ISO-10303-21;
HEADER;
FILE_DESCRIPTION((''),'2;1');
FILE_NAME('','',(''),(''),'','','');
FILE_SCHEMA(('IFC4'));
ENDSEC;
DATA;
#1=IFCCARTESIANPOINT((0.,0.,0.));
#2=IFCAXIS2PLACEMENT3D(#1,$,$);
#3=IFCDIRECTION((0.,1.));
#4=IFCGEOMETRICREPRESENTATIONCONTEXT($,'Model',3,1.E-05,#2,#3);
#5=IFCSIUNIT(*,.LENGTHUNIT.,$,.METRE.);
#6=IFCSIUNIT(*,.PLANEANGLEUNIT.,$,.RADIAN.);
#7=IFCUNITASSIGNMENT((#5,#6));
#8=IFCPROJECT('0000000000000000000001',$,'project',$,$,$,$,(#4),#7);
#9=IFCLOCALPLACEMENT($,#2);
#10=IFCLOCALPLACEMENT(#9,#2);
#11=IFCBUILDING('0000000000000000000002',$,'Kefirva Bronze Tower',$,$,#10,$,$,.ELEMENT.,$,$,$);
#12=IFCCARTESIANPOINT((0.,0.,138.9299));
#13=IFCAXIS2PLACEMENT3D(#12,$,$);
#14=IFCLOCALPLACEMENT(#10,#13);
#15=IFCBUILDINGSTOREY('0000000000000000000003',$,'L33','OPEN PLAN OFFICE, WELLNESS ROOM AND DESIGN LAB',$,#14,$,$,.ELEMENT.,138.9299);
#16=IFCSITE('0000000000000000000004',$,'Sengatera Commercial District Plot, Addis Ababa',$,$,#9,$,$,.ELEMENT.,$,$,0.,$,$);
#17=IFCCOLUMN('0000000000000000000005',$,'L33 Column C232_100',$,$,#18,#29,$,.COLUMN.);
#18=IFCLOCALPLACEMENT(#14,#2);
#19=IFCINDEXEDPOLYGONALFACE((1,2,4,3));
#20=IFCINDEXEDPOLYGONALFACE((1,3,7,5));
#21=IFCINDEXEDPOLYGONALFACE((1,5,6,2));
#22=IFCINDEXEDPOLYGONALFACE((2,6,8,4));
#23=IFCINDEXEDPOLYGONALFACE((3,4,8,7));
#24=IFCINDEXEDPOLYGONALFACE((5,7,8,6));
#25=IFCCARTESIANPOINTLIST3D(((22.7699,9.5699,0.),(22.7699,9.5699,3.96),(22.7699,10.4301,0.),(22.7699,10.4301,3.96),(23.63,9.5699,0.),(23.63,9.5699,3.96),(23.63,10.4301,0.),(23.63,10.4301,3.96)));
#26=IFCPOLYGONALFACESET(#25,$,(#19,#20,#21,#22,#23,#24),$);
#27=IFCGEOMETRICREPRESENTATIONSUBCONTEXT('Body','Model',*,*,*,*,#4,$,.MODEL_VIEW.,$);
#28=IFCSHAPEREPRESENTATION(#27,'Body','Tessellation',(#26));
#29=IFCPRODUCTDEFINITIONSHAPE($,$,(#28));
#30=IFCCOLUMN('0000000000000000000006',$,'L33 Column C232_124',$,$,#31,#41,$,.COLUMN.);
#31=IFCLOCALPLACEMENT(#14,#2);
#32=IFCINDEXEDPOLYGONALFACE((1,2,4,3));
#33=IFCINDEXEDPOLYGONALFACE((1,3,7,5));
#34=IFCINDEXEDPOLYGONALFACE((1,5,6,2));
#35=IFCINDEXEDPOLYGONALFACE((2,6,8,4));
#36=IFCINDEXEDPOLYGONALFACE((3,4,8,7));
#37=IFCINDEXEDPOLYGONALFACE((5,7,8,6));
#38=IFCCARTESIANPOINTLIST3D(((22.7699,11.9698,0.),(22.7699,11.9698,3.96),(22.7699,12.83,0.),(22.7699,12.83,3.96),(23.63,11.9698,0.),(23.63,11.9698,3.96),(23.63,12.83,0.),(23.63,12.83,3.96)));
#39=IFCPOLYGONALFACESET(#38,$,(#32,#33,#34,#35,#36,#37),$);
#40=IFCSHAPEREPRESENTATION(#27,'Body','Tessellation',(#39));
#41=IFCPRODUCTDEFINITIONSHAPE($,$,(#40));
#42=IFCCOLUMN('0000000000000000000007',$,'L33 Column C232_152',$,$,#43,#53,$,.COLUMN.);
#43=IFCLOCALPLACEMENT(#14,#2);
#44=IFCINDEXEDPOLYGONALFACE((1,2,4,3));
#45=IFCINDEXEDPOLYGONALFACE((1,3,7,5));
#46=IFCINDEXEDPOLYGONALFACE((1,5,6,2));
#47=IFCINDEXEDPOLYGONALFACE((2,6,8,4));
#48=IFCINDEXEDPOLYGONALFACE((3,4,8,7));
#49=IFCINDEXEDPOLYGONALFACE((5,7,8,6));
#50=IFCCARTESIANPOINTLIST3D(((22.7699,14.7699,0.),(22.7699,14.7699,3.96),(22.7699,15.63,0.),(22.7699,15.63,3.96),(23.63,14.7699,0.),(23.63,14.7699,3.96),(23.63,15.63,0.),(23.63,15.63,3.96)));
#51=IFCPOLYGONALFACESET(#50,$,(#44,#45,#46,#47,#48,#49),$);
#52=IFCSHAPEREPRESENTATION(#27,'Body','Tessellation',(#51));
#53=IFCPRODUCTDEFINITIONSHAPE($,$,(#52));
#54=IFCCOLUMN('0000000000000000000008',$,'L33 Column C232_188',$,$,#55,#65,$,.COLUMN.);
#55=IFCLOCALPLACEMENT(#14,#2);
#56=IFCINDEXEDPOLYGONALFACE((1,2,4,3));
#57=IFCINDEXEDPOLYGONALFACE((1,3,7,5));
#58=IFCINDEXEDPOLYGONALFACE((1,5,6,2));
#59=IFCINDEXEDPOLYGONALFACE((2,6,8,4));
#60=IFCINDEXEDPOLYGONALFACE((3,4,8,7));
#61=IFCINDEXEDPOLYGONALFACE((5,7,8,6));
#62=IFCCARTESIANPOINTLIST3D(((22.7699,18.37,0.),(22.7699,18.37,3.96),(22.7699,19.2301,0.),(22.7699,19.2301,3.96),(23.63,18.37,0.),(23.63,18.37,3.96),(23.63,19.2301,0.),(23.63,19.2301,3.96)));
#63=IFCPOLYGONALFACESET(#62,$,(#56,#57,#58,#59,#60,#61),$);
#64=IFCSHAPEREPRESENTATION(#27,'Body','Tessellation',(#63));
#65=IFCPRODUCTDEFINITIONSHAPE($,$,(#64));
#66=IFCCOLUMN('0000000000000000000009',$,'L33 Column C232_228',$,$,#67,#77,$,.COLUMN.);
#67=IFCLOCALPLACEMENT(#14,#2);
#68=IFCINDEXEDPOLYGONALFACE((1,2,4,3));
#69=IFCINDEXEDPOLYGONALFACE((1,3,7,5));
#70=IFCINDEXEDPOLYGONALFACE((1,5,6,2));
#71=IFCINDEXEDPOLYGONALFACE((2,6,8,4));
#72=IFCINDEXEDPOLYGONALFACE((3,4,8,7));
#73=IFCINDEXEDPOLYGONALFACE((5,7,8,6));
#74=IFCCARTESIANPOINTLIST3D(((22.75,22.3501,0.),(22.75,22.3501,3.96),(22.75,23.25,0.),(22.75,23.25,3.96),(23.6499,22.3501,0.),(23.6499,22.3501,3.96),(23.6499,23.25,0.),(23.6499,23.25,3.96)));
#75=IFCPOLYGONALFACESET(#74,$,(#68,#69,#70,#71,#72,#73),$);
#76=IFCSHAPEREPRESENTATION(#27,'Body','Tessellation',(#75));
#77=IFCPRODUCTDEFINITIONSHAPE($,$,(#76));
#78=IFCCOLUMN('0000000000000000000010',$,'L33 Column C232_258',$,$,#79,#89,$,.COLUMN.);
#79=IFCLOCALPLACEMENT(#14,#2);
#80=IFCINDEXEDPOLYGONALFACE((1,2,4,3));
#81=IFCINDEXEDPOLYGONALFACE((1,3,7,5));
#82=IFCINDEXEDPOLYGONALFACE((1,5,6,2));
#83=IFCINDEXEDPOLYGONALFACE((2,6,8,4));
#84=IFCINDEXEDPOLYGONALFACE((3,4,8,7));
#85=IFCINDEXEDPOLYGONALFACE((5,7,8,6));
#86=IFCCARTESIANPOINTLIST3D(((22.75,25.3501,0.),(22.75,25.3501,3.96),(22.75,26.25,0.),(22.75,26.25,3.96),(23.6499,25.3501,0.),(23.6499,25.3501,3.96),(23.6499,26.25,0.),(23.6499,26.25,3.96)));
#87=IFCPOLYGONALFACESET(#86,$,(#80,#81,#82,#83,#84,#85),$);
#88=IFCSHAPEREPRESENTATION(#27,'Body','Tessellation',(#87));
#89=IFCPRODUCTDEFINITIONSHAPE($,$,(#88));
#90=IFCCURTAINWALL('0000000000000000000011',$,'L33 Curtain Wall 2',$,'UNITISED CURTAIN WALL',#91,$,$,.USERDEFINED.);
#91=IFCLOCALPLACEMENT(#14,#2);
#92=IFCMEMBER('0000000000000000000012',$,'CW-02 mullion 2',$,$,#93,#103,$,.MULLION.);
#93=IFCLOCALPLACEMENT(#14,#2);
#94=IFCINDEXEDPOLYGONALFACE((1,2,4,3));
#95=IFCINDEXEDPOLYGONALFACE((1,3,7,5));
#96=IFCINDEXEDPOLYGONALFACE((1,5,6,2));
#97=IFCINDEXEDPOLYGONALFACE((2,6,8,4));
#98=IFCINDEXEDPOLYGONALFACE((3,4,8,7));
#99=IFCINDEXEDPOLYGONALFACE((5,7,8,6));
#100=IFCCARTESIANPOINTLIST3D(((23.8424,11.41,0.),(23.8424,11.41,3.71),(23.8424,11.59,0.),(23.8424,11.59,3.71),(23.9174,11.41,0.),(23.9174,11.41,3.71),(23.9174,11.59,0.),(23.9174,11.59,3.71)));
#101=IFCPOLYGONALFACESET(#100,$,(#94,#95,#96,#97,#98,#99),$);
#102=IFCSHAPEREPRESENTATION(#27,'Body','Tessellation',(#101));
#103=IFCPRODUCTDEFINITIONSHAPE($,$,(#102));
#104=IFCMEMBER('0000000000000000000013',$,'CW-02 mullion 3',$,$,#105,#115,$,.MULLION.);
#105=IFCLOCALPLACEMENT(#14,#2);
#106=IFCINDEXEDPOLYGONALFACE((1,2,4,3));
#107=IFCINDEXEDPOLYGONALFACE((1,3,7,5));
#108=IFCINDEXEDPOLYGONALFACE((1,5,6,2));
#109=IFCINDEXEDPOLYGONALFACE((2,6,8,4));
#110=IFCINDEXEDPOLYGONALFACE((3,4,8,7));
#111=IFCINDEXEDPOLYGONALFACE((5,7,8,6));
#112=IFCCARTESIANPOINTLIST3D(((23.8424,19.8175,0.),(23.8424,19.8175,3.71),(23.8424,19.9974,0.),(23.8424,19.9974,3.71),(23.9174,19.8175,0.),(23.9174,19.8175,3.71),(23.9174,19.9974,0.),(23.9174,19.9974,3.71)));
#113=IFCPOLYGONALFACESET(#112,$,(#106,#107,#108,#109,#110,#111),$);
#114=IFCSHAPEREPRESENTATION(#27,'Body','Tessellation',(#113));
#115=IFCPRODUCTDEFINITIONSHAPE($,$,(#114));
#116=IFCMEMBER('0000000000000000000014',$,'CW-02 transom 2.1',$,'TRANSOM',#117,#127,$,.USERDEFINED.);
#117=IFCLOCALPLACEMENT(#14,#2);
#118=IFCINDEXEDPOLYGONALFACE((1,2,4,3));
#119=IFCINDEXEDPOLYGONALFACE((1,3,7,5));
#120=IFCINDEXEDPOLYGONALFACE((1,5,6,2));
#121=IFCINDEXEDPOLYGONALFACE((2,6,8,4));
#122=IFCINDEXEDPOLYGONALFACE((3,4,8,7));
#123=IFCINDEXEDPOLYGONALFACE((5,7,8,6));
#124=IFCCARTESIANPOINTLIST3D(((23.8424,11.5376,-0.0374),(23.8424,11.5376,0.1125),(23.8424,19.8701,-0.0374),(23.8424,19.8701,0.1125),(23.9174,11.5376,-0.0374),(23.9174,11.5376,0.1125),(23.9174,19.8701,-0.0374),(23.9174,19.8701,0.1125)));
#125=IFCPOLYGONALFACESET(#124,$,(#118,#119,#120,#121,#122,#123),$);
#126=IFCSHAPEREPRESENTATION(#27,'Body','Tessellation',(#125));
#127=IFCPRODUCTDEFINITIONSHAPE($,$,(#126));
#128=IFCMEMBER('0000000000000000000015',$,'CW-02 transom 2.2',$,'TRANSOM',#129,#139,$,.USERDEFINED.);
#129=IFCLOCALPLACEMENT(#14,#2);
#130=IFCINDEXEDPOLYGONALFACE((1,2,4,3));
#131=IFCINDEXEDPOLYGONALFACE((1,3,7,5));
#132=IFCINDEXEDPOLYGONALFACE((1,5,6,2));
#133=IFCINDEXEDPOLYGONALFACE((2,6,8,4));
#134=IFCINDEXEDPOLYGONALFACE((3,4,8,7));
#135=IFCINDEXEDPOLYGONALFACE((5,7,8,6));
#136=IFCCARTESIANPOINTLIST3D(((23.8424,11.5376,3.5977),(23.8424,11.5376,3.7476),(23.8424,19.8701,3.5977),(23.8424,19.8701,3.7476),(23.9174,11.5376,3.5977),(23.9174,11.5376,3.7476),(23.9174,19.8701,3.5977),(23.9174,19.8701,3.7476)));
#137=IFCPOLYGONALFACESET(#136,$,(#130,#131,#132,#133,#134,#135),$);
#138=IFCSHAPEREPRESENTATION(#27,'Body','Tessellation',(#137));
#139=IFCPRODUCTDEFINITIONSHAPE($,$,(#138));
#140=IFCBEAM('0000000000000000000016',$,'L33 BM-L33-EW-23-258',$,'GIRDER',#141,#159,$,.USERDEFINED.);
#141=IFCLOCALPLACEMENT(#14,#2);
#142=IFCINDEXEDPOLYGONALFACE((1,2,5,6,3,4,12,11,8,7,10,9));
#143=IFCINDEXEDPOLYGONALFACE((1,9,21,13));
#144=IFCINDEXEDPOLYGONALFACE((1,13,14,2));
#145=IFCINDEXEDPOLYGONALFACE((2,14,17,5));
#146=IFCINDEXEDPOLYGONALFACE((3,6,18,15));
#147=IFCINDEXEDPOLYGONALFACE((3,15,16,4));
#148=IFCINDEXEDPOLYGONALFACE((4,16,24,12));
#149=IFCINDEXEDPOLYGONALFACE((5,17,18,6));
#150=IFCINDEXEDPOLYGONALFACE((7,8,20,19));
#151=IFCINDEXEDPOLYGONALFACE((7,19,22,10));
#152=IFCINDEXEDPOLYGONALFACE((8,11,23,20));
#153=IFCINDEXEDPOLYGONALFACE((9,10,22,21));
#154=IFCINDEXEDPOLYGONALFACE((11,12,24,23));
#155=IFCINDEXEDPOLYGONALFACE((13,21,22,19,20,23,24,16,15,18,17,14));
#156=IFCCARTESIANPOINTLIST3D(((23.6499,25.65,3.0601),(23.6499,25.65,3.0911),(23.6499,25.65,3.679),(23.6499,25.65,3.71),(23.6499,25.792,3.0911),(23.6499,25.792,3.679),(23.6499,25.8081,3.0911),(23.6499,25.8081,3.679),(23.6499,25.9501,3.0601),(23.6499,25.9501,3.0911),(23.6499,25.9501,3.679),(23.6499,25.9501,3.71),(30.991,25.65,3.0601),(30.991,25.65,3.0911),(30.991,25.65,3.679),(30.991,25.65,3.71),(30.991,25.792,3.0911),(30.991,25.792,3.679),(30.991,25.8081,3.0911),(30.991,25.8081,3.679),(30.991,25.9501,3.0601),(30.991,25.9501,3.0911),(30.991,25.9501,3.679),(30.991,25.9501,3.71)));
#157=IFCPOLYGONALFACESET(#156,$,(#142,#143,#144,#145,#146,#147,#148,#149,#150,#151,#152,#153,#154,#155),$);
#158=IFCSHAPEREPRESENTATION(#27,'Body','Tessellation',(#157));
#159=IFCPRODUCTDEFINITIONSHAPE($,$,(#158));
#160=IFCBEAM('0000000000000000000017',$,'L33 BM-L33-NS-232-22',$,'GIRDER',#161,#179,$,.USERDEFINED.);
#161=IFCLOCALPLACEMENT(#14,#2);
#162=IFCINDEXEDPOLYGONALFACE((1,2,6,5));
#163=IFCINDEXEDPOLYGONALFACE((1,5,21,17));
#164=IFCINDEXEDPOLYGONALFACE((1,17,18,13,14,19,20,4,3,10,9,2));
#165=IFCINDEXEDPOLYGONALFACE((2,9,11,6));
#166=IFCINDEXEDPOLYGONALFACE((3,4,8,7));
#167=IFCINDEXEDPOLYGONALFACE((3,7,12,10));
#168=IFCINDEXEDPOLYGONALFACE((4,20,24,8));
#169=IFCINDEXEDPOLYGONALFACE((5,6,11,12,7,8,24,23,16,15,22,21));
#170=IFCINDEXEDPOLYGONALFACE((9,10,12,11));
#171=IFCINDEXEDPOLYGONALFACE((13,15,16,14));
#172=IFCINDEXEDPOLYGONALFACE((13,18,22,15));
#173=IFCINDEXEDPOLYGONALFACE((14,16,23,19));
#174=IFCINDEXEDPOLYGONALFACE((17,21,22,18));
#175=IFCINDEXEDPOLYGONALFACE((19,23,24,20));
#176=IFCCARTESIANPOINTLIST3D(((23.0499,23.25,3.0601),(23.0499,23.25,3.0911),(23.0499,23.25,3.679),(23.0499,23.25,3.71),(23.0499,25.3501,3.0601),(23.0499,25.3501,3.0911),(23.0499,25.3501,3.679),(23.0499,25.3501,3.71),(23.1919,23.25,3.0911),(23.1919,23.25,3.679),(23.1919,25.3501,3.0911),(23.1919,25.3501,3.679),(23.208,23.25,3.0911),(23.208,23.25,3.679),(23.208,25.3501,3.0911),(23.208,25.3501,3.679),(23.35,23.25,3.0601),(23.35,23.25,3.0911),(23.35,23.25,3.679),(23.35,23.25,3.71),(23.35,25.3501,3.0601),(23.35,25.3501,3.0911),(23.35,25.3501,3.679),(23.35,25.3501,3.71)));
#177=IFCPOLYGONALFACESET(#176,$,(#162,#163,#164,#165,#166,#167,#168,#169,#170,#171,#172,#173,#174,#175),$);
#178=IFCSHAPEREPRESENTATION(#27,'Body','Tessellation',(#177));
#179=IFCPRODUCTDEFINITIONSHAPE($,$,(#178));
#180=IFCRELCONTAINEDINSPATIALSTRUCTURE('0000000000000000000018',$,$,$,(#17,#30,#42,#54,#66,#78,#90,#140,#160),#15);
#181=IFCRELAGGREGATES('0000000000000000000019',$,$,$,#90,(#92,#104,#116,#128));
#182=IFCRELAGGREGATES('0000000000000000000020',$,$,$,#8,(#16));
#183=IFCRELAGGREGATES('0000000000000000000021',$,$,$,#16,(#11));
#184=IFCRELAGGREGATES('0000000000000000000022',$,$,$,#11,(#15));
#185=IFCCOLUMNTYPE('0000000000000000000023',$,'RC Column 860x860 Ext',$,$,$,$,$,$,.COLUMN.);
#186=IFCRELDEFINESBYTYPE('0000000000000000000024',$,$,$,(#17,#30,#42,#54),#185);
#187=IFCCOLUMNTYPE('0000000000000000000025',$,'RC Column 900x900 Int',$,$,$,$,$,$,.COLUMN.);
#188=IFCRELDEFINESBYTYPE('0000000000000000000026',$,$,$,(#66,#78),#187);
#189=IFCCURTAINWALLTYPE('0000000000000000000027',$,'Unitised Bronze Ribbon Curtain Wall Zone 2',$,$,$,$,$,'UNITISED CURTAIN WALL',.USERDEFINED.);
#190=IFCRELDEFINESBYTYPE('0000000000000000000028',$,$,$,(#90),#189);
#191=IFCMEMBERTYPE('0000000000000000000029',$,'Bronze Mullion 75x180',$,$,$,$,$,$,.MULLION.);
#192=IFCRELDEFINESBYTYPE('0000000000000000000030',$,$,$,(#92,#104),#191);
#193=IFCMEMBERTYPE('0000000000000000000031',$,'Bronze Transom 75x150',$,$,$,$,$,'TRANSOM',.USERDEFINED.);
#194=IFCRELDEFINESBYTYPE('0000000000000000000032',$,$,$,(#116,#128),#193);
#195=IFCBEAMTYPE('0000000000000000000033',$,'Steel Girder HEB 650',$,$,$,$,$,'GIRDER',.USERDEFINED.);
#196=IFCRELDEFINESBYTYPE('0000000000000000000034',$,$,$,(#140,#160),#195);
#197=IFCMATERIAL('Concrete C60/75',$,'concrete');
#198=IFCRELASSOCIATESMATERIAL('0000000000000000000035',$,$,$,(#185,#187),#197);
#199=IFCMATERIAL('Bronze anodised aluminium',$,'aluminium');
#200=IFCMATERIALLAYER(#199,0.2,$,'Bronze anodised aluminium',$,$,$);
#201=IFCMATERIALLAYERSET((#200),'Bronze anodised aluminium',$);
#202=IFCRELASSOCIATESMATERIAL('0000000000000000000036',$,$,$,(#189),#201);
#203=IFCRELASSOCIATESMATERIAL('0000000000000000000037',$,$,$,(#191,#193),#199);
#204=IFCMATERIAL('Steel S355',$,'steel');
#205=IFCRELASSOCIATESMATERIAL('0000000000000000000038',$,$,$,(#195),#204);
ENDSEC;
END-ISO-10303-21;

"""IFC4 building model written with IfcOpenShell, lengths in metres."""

from ifc_helpers import new_model, si_unit, direction, frame, origin, origin_2d, place, context, subcontext, project, spatial, rectangle, i_section, extrude, material, layer, layer_set, material_profile, profile_set, type_object, element, aggregate, save


model = new_model("IFC4")

# Units and contexts
model_context = context("Model", 3, precision=1e-05, world=origin(), true_north=direction((0.0, 1.0)))
body_context = subcontext(model_context, "Body", "Model", "MODEL_VIEW")
ifc_project = project(units=[si_unit("LENGTHUNIT", "METRE"), si_unit("PLANEANGLEUNIT", "RADIAN")], contexts=[model_context])

# Site, building, storey
site_placement = place(None, origin())
site = spatial("IfcSite", under=ifc_project, at=site_placement, Name="Sengatera Commercial District Plot, Addis Ababa", CompositionType="ELEMENT", RefElevation=0.0)
building_placement = place(site_placement, origin())
building = spatial("IfcBuilding", under=site, at=building_placement, Name="Kefirva Bronze Tower", CompositionType="ELEMENT")
storey_placement = place(building_placement, frame((0.0, 0.0, 138.9299)))
storey = spatial("IfcBuildingStorey", under=building, at=storey_placement, Name="L33", Description="OPEN PLAN OFFICE, WELLNESS ROOM AND DESIGN LAB", CompositionType="ELEMENT", Elevation=138.9299)

# Columns
ifc_material_1 = material(Name="Concrete C60/75", Category="concrete")
ifc_material_profile_1 = material_profile(ifc_material_1, rectangle(XDim=0.8601, YDim=0.8601, at=origin_2d()), Name="RC 860x860")
ifc_profile_set_1 = profile_set([ifc_material_profile_1], Name="Concrete C60/75")
column_type_1 = type_object("IfcColumnType", Name="RC Column 860x860 Ext", PredefinedType="COLUMN", material=ifc_profile_set_1)
for number, where, z_axis, x_axis, name in (
    (1, (23.2, 10.0, 0.0), (0.0, 0.0, 1.0), (1.0, 0.0, 0.0), "L33 Column C232_100"),
    (2, (23.2, 12.3999, 0.0), (0.0, 0.0, 1.0), (1.0, 0.0, 0.0), "L33 Column C232_124"),
    (3, (23.2, 15.2, 0.0), (0.0, 0.0, 1.0), (1.0, 0.0, 0.0), "L33 Column C232_152"),
    (4, (23.2, 18.8, 0.0), (0.0, 0.0, 1.0), (1.0, 0.0, 0.0), "L33 Column C232_188"),
):
    element("IfcColumn", number, at=place(storey_placement, frame(where, z_axis=z_axis, x_axis=x_axis)), inside=storey, type_object=column_type_1, Name=name, PredefinedType="COLUMN", context=body_context, shape_type="SweptSolid", body=[
        extrude(rectangle(XDim=0.8601, YDim=0.8601, at=origin_2d()), origin(), (0.0, 0.0, 1.0), 3.96),
    ])
ifc_material_profile_2 = material_profile(ifc_material_1, rectangle(XDim=0.8999, YDim=0.8999, at=origin_2d()), Name="RC 900x900")
ifc_profile_set_2 = profile_set([ifc_material_profile_2], Name="Concrete C60/75")
column_type_2 = type_object("IfcColumnType", Name="RC Column 900x900 Int", PredefinedType="COLUMN", material=ifc_profile_set_2)
for number, where, z_axis, x_axis, name in (
    (5, (23.2, 22.8, 0.0), (0.0, 0.0, 1.0), (1.0, 0.0, 0.0), "L33 Column C232_228"),
    (6, (23.2, 25.8, 0.0), (0.0, 0.0, 1.0), (1.0, 0.0, 0.0), "L33 Column C232_258"),
):
    element("IfcColumn", number, at=place(storey_placement, frame(where, z_axis=z_axis, x_axis=x_axis)), inside=storey, type_object=column_type_2, Name=name, PredefinedType="COLUMN", context=body_context, shape_type="SweptSolid", body=[
        extrude(rectangle(XDim=0.8999, YDim=0.8999, at=origin_2d()), origin(), (0.0, 0.0, 1.0), 3.96),
    ])

# Curtain wall, members
ifc_material_2 = material(Name="Bronze anodised aluminium", Category="aluminium")
ifc_layer_1 = layer(ifc_material_2, 0.2, Name="Bronze anodised aluminium")
ifc_layer_set_1 = layer_set([ifc_layer_1], Name="Bronze anodised aluminium")
curtain_wall_type = type_object("IfcCurtainWallType", Name="Unitised Bronze Ribbon Curtain Wall Zone 2", ElementType="UNITISED CURTAIN WALL", PredefinedType="USERDEFINED", material=ifc_layer_set_1)
curtain_wall_placement = place(storey_placement, origin())
curtain_wall = element("IfcCurtainWall", 7, at=curtain_wall_placement, inside=storey, type_object=curtain_wall_type, Name="L33 Curtain Wall 2", ObjectType="UNITISED CURTAIN WALL", PredefinedType="USERDEFINED")
ifc_material_profile_3 = material_profile(ifc_material_2, rectangle(XDim=0.075, YDim=0.1799, at=origin_2d()), Name="ALU 75x180")
ifc_profile_set_3 = profile_set([ifc_material_profile_3], Name="Bronze anodised aluminium")
member_type_1 = type_object("IfcMemberType", Name="Bronze Mullion 75x180", PredefinedType="MULLION", material=ifc_profile_set_3)
member_1_placement = place(storey_placement, frame((23.8799, 11.5, 0.0), z_axis=(0.0, 0.0, 1.0), x_axis=(-1.0, 0.0, 0.0)))
member_1 = element("IfcMember", 8, at=member_1_placement, type_object=member_type_1, Name="CW-02 mullion 2", PredefinedType="MULLION", context=body_context, shape_type="SweptSolid", body=[
    extrude(rectangle(XDim=0.075, YDim=0.1799, at=origin_2d()), origin(), (0.0, 0.0, 1.0), 3.71),
])
member_2_placement = place(storey_placement, frame((23.8799, 19.9075, 0.0), z_axis=(0.0, 0.0, 1.0), x_axis=(-1.0, 0.0, 0.0)))
member_2 = element("IfcMember", 9, at=member_2_placement, type_object=member_type_1, Name="CW-02 mullion 3", PredefinedType="MULLION", context=body_context, shape_type="SweptSolid", body=[
    extrude(rectangle(XDim=0.075, YDim=0.1799, at=origin_2d()), origin(), (0.0, 0.0, 1.0), 3.71),
])
ifc_material_profile_4 = material_profile(ifc_material_2, rectangle(XDim=0.075, YDim=0.1499, at=origin_2d()), Name="ALU 75x150")
ifc_profile_set_4 = profile_set([ifc_material_profile_4], Name="Bronze anodised aluminium")
member_type_2 = type_object("IfcMemberType", Name="Bronze Transom 75x150", ElementType="TRANSOM", PredefinedType="USERDEFINED", material=ifc_profile_set_4)
member_3_placement = place(storey_placement, frame((23.8799, 11.5376, 0.0376), z_axis=(0.0, 1.0, 0.0), x_axis=(-1.0, 0.0, 0.0)))
member_3 = element("IfcMember", 10, at=member_3_placement, type_object=member_type_2, Name="CW-02 transom 2.1", ObjectType="TRANSOM", PredefinedType="USERDEFINED", context=body_context, shape_type="SweptSolid", body=[
    extrude(rectangle(XDim=0.075, YDim=0.1499, at=origin_2d()), origin(), (0.0, 0.0, 1.0), 8.3325),
])
member_4_placement = place(storey_placement, frame((23.8799, 11.5376, 3.6726), z_axis=(0.0, 1.0, 0.0), x_axis=(-1.0, 0.0, 0.0)))
member_4 = element("IfcMember", 11, at=member_4_placement, type_object=member_type_2, Name="CW-02 transom 2.2", ObjectType="TRANSOM", PredefinedType="USERDEFINED", context=body_context, shape_type="SweptSolid", body=[
    extrude(rectangle(XDim=0.075, YDim=0.1499, at=origin_2d()), origin(), (0.0, 0.0, 1.0), 8.3325),
])

# Beams
ifc_material_3 = material(Name="Steel S355", Category="steel")
ifc_material_profile_5 = material_profile(ifc_material_3, i_section(OverallWidth=0.3, OverallDepth=0.6499, WebThickness=0.0161, FlangeThickness=0.031, at=origin_2d()), Name="HEB 650")
ifc_profile_set_5 = profile_set([ifc_material_profile_5], Name="Steel S355")
beam_type_1 = type_object("IfcBeamType", Name="Steel Girder HEB 650", ElementType="GIRDER", PredefinedType="USERDEFINED", material=ifc_profile_set_5)
beam_1_placement = place(storey_placement, frame((23.6499, 25.8, 3.385), z_axis=(1.0, 0.0, 0.0), x_axis=(0.0, 1.0, 0.0)))
element("IfcBeam", 12, at=beam_1_placement, inside=storey, type_object=beam_type_1, Name="L33 BM-L33-EW-23-258", ObjectType="GIRDER", PredefinedType="USERDEFINED", context=body_context, shape_type="SweptSolid", body=[
    extrude(i_section(OverallWidth=0.3, OverallDepth=0.6499, WebThickness=0.0161, FlangeThickness=0.031, at=origin_2d()), origin(), (0.0, 0.0, 1.0), 7.3411),
])
beam_2_placement = place(storey_placement, frame((23.2, 23.25, 3.385), z_axis=(0.0, 1.0, 0.0), x_axis=(-1.0, 0.0, 0.0)))
element("IfcBeam", 13, at=beam_2_placement, inside=storey, type_object=beam_type_1, Name="L33 BM-L33-NS-232-22", ObjectType="GIRDER", PredefinedType="USERDEFINED", context=body_context, shape_type="SweptSolid", body=[
    extrude(i_section(OverallWidth=0.3, OverallDepth=0.6499, WebThickness=0.0161, FlangeThickness=0.031, at=origin_2d()), origin(), (0.0, 0.0, 1.0), 2.1001),
])

aggregate(curtain_wall, [member_1, member_2, member_3, member_4])

save(model, "model.ifc")
